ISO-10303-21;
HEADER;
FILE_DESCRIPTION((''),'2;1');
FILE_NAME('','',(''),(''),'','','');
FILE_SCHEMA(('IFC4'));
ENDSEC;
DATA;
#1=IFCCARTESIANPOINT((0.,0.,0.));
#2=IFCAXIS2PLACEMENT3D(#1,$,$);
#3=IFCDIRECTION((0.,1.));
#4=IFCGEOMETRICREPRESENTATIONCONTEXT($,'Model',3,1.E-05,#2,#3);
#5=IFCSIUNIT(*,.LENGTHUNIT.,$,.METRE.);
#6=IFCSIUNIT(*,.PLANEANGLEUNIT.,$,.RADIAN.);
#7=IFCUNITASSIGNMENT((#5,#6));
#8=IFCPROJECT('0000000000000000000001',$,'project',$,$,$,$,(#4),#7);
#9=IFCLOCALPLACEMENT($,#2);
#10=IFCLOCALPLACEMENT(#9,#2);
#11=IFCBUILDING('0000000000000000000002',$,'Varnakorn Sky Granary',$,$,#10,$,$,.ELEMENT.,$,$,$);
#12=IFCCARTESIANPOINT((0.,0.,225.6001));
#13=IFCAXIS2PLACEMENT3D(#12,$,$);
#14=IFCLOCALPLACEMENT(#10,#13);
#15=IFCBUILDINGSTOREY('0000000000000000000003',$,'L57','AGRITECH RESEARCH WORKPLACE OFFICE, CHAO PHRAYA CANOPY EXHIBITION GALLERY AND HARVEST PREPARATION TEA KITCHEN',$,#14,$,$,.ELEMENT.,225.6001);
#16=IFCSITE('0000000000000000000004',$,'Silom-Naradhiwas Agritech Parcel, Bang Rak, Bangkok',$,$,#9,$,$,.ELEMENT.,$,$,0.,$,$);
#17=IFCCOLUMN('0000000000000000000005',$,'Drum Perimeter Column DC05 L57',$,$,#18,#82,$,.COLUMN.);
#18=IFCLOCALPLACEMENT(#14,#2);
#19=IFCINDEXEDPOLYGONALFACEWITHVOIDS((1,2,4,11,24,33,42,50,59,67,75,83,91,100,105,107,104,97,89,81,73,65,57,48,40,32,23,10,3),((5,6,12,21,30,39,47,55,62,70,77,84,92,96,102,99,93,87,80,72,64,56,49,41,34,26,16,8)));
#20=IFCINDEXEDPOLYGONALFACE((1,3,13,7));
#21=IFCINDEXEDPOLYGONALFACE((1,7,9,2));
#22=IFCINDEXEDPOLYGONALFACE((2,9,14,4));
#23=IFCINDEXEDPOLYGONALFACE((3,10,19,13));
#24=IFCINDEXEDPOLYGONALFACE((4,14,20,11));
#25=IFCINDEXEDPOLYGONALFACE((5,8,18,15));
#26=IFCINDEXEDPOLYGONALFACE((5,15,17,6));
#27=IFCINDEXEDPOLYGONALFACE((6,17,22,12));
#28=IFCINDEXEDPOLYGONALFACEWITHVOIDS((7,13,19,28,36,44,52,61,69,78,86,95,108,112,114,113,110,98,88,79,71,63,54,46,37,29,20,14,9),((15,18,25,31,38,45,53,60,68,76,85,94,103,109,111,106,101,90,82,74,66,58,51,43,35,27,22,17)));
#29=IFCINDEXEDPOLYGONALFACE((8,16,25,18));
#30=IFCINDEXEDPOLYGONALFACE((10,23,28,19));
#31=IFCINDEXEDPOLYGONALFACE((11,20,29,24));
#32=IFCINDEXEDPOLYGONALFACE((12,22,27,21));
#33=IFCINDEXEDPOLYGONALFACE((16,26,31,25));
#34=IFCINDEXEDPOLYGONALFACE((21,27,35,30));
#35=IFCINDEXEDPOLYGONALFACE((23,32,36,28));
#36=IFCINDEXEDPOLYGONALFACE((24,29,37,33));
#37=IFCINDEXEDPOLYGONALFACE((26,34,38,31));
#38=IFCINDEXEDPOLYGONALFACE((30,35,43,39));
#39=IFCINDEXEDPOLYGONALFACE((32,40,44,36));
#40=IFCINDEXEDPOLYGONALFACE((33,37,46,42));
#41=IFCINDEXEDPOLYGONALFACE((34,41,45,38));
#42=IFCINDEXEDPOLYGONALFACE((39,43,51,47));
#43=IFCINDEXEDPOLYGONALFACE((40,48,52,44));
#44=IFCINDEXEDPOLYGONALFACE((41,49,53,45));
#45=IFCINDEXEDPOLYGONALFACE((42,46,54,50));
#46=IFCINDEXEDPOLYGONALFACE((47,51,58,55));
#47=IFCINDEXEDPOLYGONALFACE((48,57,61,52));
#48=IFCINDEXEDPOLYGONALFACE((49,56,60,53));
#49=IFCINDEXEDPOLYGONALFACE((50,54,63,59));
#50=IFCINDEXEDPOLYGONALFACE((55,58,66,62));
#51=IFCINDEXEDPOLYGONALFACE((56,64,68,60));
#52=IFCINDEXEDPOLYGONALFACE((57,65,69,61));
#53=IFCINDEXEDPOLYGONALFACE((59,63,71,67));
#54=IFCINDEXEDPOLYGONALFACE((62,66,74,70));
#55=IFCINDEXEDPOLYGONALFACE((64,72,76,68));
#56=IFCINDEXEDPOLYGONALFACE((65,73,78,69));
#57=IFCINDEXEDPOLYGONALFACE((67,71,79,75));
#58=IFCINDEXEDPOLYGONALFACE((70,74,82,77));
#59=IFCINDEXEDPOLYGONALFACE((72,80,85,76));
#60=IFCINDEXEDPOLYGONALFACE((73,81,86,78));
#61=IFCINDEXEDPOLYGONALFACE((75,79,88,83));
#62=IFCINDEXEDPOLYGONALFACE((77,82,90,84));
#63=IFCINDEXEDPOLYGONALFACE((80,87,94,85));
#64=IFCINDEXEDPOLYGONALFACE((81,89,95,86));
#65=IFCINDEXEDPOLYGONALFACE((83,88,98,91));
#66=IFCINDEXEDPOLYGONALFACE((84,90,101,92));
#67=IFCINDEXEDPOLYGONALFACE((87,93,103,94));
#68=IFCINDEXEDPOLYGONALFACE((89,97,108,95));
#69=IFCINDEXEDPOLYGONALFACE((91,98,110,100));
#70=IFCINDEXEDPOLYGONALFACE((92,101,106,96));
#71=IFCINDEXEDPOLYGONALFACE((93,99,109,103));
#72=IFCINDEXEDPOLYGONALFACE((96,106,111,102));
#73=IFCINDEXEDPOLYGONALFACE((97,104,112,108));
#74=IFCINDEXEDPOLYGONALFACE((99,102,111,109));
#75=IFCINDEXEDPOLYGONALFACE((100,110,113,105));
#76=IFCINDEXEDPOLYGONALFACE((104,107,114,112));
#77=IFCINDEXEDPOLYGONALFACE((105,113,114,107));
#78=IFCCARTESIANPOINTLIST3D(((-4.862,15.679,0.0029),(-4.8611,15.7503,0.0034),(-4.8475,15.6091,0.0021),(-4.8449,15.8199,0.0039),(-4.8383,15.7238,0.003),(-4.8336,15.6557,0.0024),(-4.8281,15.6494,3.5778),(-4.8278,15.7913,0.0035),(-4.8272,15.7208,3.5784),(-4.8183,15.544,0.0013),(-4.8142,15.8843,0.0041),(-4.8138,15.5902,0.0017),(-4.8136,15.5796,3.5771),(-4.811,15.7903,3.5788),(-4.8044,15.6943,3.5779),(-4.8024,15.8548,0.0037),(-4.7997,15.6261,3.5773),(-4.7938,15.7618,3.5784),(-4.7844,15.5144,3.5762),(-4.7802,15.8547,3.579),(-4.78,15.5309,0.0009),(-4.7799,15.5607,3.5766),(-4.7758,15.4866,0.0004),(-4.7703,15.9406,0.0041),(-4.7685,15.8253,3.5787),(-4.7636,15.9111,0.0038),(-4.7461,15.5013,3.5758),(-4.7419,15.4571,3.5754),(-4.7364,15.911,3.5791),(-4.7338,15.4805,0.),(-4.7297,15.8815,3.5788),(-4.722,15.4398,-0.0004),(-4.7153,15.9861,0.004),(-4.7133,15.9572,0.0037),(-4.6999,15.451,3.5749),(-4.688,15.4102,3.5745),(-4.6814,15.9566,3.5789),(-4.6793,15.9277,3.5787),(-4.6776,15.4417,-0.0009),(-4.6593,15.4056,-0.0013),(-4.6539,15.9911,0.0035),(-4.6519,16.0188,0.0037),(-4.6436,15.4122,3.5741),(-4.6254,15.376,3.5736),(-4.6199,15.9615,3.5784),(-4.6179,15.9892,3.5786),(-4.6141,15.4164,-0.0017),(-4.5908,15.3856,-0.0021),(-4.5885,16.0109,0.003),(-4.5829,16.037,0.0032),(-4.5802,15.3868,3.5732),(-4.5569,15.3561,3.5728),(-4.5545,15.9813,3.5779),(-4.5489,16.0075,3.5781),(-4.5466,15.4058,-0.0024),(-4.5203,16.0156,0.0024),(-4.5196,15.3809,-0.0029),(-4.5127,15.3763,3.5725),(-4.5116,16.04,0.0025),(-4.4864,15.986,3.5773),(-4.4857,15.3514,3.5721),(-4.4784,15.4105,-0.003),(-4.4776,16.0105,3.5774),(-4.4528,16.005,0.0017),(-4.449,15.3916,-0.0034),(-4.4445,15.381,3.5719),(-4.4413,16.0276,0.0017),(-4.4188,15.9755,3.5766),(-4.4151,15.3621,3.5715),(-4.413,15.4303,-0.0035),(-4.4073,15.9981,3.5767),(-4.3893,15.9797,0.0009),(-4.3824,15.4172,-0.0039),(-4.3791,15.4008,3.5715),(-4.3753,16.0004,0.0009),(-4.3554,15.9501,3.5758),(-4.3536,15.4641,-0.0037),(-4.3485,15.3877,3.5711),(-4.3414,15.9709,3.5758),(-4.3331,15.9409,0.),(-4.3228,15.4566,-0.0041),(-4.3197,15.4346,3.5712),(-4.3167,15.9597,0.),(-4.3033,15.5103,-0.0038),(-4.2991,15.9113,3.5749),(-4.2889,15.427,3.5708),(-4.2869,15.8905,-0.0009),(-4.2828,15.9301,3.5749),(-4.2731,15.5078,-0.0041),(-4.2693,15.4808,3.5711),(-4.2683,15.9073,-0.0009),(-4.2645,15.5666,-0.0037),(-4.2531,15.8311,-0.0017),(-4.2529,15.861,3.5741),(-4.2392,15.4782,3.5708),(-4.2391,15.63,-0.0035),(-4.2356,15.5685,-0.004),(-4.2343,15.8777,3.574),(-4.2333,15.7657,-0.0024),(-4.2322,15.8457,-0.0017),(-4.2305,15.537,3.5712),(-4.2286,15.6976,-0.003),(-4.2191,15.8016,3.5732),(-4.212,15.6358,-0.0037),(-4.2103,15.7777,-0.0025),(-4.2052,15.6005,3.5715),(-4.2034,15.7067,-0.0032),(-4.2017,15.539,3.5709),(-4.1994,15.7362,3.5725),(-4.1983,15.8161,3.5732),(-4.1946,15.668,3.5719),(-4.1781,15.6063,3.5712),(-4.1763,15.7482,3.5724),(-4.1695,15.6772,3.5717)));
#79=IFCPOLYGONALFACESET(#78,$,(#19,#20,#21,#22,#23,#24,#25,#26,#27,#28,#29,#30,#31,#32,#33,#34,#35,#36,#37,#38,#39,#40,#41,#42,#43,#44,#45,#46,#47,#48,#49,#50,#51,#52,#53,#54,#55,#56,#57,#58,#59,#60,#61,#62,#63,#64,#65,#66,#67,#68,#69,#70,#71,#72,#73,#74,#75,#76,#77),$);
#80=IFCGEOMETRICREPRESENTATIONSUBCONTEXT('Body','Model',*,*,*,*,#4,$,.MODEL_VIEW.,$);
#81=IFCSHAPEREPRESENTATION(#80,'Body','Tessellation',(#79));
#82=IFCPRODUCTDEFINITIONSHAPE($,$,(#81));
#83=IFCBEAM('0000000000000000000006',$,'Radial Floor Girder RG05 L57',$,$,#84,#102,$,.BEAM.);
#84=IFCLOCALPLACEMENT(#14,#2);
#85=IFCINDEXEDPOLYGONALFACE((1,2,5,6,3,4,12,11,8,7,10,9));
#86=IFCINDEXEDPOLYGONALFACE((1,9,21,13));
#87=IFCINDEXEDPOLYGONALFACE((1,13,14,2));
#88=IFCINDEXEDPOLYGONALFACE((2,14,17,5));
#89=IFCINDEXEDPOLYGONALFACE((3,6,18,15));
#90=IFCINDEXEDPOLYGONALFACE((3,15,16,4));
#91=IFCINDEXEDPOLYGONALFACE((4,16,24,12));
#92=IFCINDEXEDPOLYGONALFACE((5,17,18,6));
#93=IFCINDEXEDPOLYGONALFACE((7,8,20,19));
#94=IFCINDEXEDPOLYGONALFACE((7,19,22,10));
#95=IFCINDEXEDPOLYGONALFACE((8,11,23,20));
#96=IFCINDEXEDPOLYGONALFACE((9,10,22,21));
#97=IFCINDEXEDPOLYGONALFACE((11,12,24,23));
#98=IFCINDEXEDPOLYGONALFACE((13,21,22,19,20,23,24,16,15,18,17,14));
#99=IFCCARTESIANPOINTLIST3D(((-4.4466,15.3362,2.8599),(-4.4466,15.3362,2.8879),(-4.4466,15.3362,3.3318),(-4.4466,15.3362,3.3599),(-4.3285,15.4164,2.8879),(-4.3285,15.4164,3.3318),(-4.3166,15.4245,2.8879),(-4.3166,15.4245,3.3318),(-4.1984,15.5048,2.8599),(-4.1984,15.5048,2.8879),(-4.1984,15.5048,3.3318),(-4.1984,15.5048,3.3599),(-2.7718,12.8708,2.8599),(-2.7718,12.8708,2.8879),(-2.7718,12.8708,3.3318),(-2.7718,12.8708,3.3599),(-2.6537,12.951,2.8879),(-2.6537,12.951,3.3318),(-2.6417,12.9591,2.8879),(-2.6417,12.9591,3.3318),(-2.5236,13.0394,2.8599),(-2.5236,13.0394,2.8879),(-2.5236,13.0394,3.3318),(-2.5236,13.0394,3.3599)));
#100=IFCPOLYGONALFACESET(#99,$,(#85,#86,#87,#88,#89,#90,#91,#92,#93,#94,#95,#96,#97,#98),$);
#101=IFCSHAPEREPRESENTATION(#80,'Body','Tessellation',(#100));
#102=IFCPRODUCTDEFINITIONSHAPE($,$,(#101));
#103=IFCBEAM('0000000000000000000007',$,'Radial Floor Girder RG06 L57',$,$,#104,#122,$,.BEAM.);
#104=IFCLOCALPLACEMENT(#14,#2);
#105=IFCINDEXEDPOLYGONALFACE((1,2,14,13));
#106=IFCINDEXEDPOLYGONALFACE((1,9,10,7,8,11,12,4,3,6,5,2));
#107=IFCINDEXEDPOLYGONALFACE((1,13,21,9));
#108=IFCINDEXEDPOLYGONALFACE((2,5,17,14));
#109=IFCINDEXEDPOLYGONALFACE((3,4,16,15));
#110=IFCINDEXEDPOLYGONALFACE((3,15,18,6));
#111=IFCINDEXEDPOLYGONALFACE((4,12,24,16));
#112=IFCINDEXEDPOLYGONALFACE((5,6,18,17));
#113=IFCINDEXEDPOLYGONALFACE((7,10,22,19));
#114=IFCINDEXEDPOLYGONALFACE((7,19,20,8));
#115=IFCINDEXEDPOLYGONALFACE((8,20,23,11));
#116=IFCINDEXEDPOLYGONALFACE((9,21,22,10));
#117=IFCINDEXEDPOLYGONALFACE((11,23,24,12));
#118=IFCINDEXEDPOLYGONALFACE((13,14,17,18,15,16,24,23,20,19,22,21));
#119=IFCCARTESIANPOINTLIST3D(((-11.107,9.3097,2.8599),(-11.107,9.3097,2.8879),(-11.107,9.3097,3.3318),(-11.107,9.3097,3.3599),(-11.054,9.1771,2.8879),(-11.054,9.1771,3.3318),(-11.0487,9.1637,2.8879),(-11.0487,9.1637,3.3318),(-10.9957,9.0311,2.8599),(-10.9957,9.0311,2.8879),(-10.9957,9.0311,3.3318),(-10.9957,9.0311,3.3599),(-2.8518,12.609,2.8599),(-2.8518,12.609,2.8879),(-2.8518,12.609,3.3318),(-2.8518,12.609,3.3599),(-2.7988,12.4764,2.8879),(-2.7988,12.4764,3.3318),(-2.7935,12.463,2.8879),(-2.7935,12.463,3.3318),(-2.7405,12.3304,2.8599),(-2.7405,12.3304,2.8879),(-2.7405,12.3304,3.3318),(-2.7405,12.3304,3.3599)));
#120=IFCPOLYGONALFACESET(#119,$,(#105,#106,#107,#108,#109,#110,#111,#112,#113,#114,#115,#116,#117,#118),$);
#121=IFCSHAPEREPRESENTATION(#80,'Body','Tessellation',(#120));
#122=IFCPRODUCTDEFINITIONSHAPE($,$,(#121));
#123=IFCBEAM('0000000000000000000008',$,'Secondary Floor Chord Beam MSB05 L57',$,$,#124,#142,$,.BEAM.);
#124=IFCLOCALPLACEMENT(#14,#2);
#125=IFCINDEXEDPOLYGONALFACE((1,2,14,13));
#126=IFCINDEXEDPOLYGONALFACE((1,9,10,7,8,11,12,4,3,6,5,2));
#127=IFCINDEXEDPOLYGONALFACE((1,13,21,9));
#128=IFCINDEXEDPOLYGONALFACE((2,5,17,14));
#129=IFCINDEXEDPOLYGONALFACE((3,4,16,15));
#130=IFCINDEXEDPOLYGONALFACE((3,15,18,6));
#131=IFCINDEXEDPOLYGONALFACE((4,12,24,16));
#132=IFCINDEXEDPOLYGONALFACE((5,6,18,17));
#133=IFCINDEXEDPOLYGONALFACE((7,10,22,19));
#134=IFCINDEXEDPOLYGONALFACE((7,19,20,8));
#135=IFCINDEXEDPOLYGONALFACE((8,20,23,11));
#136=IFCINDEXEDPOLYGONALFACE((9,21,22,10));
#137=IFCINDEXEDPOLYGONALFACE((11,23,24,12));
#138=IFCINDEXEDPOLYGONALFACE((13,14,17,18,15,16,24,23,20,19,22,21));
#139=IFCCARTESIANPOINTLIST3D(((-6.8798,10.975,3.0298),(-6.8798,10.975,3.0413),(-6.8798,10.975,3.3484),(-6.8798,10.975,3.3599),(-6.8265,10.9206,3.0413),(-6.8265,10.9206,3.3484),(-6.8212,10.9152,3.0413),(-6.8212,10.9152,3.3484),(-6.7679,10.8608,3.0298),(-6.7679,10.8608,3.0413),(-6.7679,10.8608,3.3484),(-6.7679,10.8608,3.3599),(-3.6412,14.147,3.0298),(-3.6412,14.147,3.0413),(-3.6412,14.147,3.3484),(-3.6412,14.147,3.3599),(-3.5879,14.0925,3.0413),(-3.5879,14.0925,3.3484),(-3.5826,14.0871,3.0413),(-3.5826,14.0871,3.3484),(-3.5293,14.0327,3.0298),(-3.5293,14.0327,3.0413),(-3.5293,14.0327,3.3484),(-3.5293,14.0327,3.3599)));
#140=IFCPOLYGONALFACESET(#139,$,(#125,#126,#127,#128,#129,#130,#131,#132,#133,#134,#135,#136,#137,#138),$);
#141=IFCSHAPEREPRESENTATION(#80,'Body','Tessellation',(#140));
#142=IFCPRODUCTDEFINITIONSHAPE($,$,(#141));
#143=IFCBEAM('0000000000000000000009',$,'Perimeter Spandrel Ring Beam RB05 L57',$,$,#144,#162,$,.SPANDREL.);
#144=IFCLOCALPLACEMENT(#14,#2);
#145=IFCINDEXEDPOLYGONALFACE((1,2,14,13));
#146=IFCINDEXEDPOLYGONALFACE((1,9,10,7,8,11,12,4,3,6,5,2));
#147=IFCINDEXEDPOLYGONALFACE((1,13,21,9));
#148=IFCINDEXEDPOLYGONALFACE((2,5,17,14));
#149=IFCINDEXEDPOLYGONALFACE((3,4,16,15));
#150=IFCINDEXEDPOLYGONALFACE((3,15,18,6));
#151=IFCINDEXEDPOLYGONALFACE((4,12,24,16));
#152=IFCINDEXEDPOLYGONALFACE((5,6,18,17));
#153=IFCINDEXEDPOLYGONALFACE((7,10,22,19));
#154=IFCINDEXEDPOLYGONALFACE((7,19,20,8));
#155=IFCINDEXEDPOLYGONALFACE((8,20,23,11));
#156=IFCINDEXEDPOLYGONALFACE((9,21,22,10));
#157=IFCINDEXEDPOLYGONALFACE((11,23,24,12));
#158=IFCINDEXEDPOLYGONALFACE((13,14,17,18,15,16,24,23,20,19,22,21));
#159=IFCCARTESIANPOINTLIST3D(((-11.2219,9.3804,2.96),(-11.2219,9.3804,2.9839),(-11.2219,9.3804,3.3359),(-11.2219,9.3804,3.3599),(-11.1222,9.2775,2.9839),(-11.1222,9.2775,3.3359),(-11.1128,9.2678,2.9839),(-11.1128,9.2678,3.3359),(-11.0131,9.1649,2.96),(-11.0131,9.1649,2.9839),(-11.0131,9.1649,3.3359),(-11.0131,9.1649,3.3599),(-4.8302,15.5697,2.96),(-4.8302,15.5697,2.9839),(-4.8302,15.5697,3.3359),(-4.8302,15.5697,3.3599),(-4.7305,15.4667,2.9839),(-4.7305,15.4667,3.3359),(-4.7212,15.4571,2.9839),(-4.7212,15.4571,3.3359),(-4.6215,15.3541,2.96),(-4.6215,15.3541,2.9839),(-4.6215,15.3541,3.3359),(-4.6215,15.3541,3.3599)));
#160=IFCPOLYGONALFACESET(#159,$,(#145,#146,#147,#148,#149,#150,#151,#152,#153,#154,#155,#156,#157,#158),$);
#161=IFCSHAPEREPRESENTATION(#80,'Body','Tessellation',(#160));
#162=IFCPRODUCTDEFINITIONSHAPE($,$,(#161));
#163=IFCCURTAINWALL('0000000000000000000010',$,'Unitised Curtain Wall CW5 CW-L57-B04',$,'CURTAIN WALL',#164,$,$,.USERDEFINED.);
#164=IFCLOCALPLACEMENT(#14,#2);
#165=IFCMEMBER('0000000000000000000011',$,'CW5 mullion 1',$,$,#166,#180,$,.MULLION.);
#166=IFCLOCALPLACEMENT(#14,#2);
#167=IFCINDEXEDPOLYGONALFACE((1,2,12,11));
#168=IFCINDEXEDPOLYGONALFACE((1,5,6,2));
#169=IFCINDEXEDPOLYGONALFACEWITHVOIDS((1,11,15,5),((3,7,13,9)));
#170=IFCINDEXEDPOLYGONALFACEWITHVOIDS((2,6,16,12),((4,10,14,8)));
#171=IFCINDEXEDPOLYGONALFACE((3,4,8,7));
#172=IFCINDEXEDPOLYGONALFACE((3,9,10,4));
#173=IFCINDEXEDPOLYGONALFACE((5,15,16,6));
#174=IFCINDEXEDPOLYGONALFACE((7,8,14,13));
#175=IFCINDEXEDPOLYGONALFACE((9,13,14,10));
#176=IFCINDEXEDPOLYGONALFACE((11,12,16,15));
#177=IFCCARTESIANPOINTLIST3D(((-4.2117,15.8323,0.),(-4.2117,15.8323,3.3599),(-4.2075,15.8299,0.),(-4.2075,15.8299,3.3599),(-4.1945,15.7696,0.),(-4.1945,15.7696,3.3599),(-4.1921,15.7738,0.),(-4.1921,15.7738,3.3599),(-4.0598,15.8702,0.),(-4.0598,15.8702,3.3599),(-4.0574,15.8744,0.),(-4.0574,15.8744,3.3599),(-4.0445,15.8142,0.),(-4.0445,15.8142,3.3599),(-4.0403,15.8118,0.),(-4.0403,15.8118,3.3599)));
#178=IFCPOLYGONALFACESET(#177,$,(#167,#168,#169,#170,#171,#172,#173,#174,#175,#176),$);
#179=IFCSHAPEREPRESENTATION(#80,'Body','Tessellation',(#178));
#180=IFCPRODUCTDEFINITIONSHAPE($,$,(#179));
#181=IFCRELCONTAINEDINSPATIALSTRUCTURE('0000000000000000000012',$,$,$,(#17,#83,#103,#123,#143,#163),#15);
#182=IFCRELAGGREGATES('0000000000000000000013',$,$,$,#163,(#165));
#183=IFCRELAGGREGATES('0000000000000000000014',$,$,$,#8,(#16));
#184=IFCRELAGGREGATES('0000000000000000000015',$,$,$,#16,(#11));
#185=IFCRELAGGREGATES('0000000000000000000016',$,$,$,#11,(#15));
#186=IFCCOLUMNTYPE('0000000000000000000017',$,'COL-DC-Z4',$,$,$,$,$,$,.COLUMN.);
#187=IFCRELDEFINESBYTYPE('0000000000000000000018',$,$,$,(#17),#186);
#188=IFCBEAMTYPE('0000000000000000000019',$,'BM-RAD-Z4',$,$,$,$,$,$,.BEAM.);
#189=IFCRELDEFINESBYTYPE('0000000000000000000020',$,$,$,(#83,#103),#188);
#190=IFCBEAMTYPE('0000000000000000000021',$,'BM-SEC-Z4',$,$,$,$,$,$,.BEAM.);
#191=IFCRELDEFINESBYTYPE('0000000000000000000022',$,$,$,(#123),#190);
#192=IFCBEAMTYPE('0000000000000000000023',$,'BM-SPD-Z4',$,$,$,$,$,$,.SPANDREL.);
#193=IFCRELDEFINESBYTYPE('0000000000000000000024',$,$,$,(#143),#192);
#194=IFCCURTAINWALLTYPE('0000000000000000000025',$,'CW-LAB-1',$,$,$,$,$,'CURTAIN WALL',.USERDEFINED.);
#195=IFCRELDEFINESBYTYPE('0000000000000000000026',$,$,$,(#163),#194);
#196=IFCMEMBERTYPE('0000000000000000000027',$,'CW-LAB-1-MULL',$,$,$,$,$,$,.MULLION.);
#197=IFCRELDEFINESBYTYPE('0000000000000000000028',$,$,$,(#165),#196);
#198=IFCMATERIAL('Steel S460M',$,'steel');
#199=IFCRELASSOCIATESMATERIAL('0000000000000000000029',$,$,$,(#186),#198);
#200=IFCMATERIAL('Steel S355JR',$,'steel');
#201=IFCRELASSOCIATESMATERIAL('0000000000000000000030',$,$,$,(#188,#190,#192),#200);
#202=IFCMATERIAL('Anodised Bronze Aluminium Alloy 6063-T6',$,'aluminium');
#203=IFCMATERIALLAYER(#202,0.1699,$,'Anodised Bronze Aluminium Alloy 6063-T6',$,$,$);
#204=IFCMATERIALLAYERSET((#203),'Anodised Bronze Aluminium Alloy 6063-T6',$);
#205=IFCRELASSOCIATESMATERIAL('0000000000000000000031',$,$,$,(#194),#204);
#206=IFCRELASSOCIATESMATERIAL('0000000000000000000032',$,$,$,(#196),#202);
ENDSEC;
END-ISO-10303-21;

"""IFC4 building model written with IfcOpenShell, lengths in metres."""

from ifc_helpers import new_model, si_unit, direction, frame, origin, origin_2d, place, context, subcontext, project, spatial, hollow_rectangle, hollow_circle, i_section, extrude, material, layer, layer_set, material_profile, profile_set, type_object, element, aggregate, save


model = new_model("IFC4")

# Units and contexts
model_context = context("Model", 3, precision=1e-05, world=origin(), true_north=direction((0.0, 1.0)))
body_context = subcontext(model_context, "Body", "Model", "MODEL_VIEW")
ifc_project = project(units=[si_unit("LENGTHUNIT", "METRE"), si_unit("PLANEANGLEUNIT", "RADIAN")], contexts=[model_context])

# Site, building, storey
site_placement = place(None, origin())
site = spatial("IfcSite", under=ifc_project, at=site_placement, Name="Silom-Naradhiwas Agritech Parcel, Bang Rak, Bangkok", CompositionType="ELEMENT", RefElevation=0.0)
building_placement = place(site_placement, origin())
building = spatial("IfcBuilding", under=site, at=building_placement, Name="Varnakorn Sky Granary", CompositionType="ELEMENT")
storey_placement = place(building_placement, frame((0.0, 0.0, 225.6001)))
storey = spatial("IfcBuildingStorey", under=building, at=storey_placement, Name="L57", Description="AGRITECH RESEARCH WORKPLACE OFFICE, CHAO PHRAYA CANOPY EXHIBITION GALLERY AND HARVEST PREPARATION TEA KITCHEN", CompositionType="ELEMENT", Elevation=225.6001)

# Column
ifc_material_1 = material(Name="Steel S460M", Category="steel")
ifc_material_profile_1 = material_profile(ifc_material_1, hollow_circle(Radius=0.3301, WallThickness=0.0249, at=origin_2d()), Name="CHS 660x25")
ifc_profile_set_1 = profile_set([ifc_material_profile_1], Name="Steel S460M")
column_type = type_object("IfcColumnType", Name="COL-DC-Z4", PredefinedType="COLUMN", material=ifc_profile_set_1)
column_placement = place(storey_placement, frame((-4.5334, 15.7107, 0.0), z_axis=(0.009492, -0.008263, 0.999921), x_axis=(0.656582, 0.754255, 0.0)))
element("IfcColumn", 1, at=column_placement, inside=storey, type_object=column_type, Name="Drum Perimeter Column DC05 L57", PredefinedType="COLUMN", context=body_context, shape_type="SweptSolid", body=[
    extrude(hollow_circle(Radius=0.3301, WallThickness=0.0249, at=origin_2d()), origin(), (0.0, 0.0, 1.0), 3.5752),
])

# Beams
ifc_material_2 = material(Name="Steel S355JR", Category="steel")
ifc_material_profile_2 = material_profile(ifc_material_2, i_section(OverallWidth=0.3, OverallDepth=0.5, WebThickness=0.0144, FlangeThickness=0.0281, at=origin_2d()), Name="HE 500 B")
ifc_profile_set_2 = profile_set([ifc_material_profile_2], Name="Steel S355JR")
beam_type_1 = type_object("IfcBeamType", Name="BM-RAD-Z4", PredefinedType="BEAM", material=ifc_profile_set_2)
beam_1_placement = place(storey_placement, frame((-2.6477, 12.9551, 3.1099), z_axis=(-0.561938, 0.827179, 0.0), x_axis=(-0.827179, -0.561938, 0.0)))
element("IfcBeam", 2, at=beam_1_placement, inside=storey, type_object=beam_type_1, Name="Radial Floor Girder RG05 L57", PredefinedType="BEAM", context=body_context, shape_type="SweptSolid", body=[
    extrude(i_section(OverallWidth=0.3, OverallDepth=0.5, WebThickness=0.0144, FlangeThickness=0.0281, at=origin_2d()), origin(), (0.0, 0.0, 1.0), 2.9805),
])
beam_2_placement = place(storey_placement, frame((-2.7961, 12.4697, 3.1099), z_axis=(-0.928583, -0.371126, 0.0), x_axis=(0.371126, -0.928583, 0.0)))
element("IfcBeam", 3, at=beam_2_placement, inside=storey, type_object=beam_type_1, Name="Radial Floor Girder RG06 L57", PredefinedType="BEAM", context=body_context, shape_type="SweptSolid", body=[
    extrude(i_section(OverallWidth=0.3, OverallDepth=0.5, WebThickness=0.0144, FlangeThickness=0.0281, at=origin_2d()), origin(), (0.0, 0.0, 1.0), 8.8901),
])
ifc_material_profile_3 = material_profile(ifc_material_2, i_section(OverallWidth=0.1599, OverallDepth=0.3301, WebThickness=0.0076, FlangeThickness=0.0115, at=origin_2d()), Name="IPE 330")
ifc_profile_set_3 = profile_set([ifc_material_profile_3], Name="Steel S355JR")
beam_type_2 = type_object("IfcBeamType", Name="BM-SEC-Z4", PredefinedType="BEAM", material=ifc_profile_set_3)
beam_3_placement = place(storey_placement, frame((-3.5852, 14.0898, 3.1948), z_axis=(-0.71442, -0.699717, 0.0), x_axis=(0.699717, -0.71442, 0.0)))
element("IfcBeam", 4, at=beam_3_placement, inside=storey, type_object=beam_type_2, Name="Secondary Floor Chord Beam MSB05 L57", PredefinedType="BEAM", context=body_context, shape_type="SweptSolid", body=[
    extrude(i_section(OverallWidth=0.1599, OverallDepth=0.3301, WebThickness=0.0076, FlangeThickness=0.0115, at=origin_2d()), origin(), (0.0, 0.0, 1.0), 4.5332),
])
ifc_material_profile_4 = material_profile(ifc_material_2, i_section(OverallWidth=0.3, OverallDepth=0.3999, WebThickness=0.0134, FlangeThickness=0.0239, at=origin_2d()), Name="HE 400 B")
ifc_profile_set_4 = profile_set([ifc_material_profile_4], Name="Steel S355JR")
beam_type_3 = type_object("IfcBeamType", Name="BM-SPD-Z4", PredefinedType="SPANDREL", material=ifc_profile_set_4)
beam_4_placement = place(storey_placement, frame((-4.7258, 15.4619, 3.1599), z_axis=(-0.718389, -0.695641, 0.0), x_axis=(0.695641, -0.718389, 0.0)))
element("IfcBeam", 5, at=beam_4_placement, inside=storey, type_object=beam_type_3, Name="Perimeter Spandrel Ring Beam RB05 L57", PredefinedType="SPANDREL", context=body_context, shape_type="SweptSolid", body=[
    extrude(i_section(OverallWidth=0.3, OverallDepth=0.3999, WebThickness=0.0134, FlangeThickness=0.0239, at=origin_2d()), origin(), (0.0, 0.0, 1.0), 8.8972),
])

# Curtain wall, member
ifc_material_3 = material(Name="Anodised Bronze Aluminium Alloy 6063-T6", Category="aluminium")
ifc_layer_1 = layer(ifc_material_3, 0.1699, Name="Anodised Bronze Aluminium Alloy 6063-T6")
ifc_layer_set_1 = layer_set([ifc_layer_1], Name="Anodised Bronze Aluminium Alloy 6063-T6")
curtain_wall_type = type_object("IfcCurtainWallType", Name="CW-LAB-1", ElementType="CURTAIN WALL", PredefinedType="USERDEFINED", material=ifc_layer_set_1)
curtain_wall_1_placement = place(storey_placement, origin())
curtain_wall_1 = element("IfcCurtainWall", 6, at=curtain_wall_1_placement, inside=storey, type_object=curtain_wall_type, Name="Unitised Curtain Wall CW5 CW-L57-B04", ObjectType="CURTAIN WALL", PredefinedType="USERDEFINED")
ifc_material_profile_5 = material_profile(ifc_material_3, hollow_rectangle(XDim=0.0649, YDim=0.1599, WallThickness=0.0034, at=origin_2d()), Name="ALU MULL 65x160")
ifc_profile_set_5 = profile_set([ifc_material_profile_5], Name="Anodised Bronze Aluminium Alloy 6063-T6")
member_type_1 = type_object("IfcMemberType", Name="CW-LAB-1-MULL", PredefinedType="MULLION", material=ifc_profile_set_5)
member_1_placement = place(storey_placement, frame((-4.126, 15.822, 0.0), z_axis=(0.0, 0.0, 1.0), x_axis=(-0.263727, 0.964597, 0.0)))
member_1 = element("IfcMember", 7, at=member_1_placement, type_object=member_type_1, Name="CW5 mullion 1", PredefinedType="MULLION", context=body_context, shape_type="SweptSolid", body=[
    extrude(hollow_rectangle(XDim=0.0649, YDim=0.1599, WallThickness=0.0034, at=origin_2d()), origin(), (0.0, 0.0, 1.0), 3.3599),
])

aggregate(curtain_wall_1, [member_1])

save(model, "model.ifc")
